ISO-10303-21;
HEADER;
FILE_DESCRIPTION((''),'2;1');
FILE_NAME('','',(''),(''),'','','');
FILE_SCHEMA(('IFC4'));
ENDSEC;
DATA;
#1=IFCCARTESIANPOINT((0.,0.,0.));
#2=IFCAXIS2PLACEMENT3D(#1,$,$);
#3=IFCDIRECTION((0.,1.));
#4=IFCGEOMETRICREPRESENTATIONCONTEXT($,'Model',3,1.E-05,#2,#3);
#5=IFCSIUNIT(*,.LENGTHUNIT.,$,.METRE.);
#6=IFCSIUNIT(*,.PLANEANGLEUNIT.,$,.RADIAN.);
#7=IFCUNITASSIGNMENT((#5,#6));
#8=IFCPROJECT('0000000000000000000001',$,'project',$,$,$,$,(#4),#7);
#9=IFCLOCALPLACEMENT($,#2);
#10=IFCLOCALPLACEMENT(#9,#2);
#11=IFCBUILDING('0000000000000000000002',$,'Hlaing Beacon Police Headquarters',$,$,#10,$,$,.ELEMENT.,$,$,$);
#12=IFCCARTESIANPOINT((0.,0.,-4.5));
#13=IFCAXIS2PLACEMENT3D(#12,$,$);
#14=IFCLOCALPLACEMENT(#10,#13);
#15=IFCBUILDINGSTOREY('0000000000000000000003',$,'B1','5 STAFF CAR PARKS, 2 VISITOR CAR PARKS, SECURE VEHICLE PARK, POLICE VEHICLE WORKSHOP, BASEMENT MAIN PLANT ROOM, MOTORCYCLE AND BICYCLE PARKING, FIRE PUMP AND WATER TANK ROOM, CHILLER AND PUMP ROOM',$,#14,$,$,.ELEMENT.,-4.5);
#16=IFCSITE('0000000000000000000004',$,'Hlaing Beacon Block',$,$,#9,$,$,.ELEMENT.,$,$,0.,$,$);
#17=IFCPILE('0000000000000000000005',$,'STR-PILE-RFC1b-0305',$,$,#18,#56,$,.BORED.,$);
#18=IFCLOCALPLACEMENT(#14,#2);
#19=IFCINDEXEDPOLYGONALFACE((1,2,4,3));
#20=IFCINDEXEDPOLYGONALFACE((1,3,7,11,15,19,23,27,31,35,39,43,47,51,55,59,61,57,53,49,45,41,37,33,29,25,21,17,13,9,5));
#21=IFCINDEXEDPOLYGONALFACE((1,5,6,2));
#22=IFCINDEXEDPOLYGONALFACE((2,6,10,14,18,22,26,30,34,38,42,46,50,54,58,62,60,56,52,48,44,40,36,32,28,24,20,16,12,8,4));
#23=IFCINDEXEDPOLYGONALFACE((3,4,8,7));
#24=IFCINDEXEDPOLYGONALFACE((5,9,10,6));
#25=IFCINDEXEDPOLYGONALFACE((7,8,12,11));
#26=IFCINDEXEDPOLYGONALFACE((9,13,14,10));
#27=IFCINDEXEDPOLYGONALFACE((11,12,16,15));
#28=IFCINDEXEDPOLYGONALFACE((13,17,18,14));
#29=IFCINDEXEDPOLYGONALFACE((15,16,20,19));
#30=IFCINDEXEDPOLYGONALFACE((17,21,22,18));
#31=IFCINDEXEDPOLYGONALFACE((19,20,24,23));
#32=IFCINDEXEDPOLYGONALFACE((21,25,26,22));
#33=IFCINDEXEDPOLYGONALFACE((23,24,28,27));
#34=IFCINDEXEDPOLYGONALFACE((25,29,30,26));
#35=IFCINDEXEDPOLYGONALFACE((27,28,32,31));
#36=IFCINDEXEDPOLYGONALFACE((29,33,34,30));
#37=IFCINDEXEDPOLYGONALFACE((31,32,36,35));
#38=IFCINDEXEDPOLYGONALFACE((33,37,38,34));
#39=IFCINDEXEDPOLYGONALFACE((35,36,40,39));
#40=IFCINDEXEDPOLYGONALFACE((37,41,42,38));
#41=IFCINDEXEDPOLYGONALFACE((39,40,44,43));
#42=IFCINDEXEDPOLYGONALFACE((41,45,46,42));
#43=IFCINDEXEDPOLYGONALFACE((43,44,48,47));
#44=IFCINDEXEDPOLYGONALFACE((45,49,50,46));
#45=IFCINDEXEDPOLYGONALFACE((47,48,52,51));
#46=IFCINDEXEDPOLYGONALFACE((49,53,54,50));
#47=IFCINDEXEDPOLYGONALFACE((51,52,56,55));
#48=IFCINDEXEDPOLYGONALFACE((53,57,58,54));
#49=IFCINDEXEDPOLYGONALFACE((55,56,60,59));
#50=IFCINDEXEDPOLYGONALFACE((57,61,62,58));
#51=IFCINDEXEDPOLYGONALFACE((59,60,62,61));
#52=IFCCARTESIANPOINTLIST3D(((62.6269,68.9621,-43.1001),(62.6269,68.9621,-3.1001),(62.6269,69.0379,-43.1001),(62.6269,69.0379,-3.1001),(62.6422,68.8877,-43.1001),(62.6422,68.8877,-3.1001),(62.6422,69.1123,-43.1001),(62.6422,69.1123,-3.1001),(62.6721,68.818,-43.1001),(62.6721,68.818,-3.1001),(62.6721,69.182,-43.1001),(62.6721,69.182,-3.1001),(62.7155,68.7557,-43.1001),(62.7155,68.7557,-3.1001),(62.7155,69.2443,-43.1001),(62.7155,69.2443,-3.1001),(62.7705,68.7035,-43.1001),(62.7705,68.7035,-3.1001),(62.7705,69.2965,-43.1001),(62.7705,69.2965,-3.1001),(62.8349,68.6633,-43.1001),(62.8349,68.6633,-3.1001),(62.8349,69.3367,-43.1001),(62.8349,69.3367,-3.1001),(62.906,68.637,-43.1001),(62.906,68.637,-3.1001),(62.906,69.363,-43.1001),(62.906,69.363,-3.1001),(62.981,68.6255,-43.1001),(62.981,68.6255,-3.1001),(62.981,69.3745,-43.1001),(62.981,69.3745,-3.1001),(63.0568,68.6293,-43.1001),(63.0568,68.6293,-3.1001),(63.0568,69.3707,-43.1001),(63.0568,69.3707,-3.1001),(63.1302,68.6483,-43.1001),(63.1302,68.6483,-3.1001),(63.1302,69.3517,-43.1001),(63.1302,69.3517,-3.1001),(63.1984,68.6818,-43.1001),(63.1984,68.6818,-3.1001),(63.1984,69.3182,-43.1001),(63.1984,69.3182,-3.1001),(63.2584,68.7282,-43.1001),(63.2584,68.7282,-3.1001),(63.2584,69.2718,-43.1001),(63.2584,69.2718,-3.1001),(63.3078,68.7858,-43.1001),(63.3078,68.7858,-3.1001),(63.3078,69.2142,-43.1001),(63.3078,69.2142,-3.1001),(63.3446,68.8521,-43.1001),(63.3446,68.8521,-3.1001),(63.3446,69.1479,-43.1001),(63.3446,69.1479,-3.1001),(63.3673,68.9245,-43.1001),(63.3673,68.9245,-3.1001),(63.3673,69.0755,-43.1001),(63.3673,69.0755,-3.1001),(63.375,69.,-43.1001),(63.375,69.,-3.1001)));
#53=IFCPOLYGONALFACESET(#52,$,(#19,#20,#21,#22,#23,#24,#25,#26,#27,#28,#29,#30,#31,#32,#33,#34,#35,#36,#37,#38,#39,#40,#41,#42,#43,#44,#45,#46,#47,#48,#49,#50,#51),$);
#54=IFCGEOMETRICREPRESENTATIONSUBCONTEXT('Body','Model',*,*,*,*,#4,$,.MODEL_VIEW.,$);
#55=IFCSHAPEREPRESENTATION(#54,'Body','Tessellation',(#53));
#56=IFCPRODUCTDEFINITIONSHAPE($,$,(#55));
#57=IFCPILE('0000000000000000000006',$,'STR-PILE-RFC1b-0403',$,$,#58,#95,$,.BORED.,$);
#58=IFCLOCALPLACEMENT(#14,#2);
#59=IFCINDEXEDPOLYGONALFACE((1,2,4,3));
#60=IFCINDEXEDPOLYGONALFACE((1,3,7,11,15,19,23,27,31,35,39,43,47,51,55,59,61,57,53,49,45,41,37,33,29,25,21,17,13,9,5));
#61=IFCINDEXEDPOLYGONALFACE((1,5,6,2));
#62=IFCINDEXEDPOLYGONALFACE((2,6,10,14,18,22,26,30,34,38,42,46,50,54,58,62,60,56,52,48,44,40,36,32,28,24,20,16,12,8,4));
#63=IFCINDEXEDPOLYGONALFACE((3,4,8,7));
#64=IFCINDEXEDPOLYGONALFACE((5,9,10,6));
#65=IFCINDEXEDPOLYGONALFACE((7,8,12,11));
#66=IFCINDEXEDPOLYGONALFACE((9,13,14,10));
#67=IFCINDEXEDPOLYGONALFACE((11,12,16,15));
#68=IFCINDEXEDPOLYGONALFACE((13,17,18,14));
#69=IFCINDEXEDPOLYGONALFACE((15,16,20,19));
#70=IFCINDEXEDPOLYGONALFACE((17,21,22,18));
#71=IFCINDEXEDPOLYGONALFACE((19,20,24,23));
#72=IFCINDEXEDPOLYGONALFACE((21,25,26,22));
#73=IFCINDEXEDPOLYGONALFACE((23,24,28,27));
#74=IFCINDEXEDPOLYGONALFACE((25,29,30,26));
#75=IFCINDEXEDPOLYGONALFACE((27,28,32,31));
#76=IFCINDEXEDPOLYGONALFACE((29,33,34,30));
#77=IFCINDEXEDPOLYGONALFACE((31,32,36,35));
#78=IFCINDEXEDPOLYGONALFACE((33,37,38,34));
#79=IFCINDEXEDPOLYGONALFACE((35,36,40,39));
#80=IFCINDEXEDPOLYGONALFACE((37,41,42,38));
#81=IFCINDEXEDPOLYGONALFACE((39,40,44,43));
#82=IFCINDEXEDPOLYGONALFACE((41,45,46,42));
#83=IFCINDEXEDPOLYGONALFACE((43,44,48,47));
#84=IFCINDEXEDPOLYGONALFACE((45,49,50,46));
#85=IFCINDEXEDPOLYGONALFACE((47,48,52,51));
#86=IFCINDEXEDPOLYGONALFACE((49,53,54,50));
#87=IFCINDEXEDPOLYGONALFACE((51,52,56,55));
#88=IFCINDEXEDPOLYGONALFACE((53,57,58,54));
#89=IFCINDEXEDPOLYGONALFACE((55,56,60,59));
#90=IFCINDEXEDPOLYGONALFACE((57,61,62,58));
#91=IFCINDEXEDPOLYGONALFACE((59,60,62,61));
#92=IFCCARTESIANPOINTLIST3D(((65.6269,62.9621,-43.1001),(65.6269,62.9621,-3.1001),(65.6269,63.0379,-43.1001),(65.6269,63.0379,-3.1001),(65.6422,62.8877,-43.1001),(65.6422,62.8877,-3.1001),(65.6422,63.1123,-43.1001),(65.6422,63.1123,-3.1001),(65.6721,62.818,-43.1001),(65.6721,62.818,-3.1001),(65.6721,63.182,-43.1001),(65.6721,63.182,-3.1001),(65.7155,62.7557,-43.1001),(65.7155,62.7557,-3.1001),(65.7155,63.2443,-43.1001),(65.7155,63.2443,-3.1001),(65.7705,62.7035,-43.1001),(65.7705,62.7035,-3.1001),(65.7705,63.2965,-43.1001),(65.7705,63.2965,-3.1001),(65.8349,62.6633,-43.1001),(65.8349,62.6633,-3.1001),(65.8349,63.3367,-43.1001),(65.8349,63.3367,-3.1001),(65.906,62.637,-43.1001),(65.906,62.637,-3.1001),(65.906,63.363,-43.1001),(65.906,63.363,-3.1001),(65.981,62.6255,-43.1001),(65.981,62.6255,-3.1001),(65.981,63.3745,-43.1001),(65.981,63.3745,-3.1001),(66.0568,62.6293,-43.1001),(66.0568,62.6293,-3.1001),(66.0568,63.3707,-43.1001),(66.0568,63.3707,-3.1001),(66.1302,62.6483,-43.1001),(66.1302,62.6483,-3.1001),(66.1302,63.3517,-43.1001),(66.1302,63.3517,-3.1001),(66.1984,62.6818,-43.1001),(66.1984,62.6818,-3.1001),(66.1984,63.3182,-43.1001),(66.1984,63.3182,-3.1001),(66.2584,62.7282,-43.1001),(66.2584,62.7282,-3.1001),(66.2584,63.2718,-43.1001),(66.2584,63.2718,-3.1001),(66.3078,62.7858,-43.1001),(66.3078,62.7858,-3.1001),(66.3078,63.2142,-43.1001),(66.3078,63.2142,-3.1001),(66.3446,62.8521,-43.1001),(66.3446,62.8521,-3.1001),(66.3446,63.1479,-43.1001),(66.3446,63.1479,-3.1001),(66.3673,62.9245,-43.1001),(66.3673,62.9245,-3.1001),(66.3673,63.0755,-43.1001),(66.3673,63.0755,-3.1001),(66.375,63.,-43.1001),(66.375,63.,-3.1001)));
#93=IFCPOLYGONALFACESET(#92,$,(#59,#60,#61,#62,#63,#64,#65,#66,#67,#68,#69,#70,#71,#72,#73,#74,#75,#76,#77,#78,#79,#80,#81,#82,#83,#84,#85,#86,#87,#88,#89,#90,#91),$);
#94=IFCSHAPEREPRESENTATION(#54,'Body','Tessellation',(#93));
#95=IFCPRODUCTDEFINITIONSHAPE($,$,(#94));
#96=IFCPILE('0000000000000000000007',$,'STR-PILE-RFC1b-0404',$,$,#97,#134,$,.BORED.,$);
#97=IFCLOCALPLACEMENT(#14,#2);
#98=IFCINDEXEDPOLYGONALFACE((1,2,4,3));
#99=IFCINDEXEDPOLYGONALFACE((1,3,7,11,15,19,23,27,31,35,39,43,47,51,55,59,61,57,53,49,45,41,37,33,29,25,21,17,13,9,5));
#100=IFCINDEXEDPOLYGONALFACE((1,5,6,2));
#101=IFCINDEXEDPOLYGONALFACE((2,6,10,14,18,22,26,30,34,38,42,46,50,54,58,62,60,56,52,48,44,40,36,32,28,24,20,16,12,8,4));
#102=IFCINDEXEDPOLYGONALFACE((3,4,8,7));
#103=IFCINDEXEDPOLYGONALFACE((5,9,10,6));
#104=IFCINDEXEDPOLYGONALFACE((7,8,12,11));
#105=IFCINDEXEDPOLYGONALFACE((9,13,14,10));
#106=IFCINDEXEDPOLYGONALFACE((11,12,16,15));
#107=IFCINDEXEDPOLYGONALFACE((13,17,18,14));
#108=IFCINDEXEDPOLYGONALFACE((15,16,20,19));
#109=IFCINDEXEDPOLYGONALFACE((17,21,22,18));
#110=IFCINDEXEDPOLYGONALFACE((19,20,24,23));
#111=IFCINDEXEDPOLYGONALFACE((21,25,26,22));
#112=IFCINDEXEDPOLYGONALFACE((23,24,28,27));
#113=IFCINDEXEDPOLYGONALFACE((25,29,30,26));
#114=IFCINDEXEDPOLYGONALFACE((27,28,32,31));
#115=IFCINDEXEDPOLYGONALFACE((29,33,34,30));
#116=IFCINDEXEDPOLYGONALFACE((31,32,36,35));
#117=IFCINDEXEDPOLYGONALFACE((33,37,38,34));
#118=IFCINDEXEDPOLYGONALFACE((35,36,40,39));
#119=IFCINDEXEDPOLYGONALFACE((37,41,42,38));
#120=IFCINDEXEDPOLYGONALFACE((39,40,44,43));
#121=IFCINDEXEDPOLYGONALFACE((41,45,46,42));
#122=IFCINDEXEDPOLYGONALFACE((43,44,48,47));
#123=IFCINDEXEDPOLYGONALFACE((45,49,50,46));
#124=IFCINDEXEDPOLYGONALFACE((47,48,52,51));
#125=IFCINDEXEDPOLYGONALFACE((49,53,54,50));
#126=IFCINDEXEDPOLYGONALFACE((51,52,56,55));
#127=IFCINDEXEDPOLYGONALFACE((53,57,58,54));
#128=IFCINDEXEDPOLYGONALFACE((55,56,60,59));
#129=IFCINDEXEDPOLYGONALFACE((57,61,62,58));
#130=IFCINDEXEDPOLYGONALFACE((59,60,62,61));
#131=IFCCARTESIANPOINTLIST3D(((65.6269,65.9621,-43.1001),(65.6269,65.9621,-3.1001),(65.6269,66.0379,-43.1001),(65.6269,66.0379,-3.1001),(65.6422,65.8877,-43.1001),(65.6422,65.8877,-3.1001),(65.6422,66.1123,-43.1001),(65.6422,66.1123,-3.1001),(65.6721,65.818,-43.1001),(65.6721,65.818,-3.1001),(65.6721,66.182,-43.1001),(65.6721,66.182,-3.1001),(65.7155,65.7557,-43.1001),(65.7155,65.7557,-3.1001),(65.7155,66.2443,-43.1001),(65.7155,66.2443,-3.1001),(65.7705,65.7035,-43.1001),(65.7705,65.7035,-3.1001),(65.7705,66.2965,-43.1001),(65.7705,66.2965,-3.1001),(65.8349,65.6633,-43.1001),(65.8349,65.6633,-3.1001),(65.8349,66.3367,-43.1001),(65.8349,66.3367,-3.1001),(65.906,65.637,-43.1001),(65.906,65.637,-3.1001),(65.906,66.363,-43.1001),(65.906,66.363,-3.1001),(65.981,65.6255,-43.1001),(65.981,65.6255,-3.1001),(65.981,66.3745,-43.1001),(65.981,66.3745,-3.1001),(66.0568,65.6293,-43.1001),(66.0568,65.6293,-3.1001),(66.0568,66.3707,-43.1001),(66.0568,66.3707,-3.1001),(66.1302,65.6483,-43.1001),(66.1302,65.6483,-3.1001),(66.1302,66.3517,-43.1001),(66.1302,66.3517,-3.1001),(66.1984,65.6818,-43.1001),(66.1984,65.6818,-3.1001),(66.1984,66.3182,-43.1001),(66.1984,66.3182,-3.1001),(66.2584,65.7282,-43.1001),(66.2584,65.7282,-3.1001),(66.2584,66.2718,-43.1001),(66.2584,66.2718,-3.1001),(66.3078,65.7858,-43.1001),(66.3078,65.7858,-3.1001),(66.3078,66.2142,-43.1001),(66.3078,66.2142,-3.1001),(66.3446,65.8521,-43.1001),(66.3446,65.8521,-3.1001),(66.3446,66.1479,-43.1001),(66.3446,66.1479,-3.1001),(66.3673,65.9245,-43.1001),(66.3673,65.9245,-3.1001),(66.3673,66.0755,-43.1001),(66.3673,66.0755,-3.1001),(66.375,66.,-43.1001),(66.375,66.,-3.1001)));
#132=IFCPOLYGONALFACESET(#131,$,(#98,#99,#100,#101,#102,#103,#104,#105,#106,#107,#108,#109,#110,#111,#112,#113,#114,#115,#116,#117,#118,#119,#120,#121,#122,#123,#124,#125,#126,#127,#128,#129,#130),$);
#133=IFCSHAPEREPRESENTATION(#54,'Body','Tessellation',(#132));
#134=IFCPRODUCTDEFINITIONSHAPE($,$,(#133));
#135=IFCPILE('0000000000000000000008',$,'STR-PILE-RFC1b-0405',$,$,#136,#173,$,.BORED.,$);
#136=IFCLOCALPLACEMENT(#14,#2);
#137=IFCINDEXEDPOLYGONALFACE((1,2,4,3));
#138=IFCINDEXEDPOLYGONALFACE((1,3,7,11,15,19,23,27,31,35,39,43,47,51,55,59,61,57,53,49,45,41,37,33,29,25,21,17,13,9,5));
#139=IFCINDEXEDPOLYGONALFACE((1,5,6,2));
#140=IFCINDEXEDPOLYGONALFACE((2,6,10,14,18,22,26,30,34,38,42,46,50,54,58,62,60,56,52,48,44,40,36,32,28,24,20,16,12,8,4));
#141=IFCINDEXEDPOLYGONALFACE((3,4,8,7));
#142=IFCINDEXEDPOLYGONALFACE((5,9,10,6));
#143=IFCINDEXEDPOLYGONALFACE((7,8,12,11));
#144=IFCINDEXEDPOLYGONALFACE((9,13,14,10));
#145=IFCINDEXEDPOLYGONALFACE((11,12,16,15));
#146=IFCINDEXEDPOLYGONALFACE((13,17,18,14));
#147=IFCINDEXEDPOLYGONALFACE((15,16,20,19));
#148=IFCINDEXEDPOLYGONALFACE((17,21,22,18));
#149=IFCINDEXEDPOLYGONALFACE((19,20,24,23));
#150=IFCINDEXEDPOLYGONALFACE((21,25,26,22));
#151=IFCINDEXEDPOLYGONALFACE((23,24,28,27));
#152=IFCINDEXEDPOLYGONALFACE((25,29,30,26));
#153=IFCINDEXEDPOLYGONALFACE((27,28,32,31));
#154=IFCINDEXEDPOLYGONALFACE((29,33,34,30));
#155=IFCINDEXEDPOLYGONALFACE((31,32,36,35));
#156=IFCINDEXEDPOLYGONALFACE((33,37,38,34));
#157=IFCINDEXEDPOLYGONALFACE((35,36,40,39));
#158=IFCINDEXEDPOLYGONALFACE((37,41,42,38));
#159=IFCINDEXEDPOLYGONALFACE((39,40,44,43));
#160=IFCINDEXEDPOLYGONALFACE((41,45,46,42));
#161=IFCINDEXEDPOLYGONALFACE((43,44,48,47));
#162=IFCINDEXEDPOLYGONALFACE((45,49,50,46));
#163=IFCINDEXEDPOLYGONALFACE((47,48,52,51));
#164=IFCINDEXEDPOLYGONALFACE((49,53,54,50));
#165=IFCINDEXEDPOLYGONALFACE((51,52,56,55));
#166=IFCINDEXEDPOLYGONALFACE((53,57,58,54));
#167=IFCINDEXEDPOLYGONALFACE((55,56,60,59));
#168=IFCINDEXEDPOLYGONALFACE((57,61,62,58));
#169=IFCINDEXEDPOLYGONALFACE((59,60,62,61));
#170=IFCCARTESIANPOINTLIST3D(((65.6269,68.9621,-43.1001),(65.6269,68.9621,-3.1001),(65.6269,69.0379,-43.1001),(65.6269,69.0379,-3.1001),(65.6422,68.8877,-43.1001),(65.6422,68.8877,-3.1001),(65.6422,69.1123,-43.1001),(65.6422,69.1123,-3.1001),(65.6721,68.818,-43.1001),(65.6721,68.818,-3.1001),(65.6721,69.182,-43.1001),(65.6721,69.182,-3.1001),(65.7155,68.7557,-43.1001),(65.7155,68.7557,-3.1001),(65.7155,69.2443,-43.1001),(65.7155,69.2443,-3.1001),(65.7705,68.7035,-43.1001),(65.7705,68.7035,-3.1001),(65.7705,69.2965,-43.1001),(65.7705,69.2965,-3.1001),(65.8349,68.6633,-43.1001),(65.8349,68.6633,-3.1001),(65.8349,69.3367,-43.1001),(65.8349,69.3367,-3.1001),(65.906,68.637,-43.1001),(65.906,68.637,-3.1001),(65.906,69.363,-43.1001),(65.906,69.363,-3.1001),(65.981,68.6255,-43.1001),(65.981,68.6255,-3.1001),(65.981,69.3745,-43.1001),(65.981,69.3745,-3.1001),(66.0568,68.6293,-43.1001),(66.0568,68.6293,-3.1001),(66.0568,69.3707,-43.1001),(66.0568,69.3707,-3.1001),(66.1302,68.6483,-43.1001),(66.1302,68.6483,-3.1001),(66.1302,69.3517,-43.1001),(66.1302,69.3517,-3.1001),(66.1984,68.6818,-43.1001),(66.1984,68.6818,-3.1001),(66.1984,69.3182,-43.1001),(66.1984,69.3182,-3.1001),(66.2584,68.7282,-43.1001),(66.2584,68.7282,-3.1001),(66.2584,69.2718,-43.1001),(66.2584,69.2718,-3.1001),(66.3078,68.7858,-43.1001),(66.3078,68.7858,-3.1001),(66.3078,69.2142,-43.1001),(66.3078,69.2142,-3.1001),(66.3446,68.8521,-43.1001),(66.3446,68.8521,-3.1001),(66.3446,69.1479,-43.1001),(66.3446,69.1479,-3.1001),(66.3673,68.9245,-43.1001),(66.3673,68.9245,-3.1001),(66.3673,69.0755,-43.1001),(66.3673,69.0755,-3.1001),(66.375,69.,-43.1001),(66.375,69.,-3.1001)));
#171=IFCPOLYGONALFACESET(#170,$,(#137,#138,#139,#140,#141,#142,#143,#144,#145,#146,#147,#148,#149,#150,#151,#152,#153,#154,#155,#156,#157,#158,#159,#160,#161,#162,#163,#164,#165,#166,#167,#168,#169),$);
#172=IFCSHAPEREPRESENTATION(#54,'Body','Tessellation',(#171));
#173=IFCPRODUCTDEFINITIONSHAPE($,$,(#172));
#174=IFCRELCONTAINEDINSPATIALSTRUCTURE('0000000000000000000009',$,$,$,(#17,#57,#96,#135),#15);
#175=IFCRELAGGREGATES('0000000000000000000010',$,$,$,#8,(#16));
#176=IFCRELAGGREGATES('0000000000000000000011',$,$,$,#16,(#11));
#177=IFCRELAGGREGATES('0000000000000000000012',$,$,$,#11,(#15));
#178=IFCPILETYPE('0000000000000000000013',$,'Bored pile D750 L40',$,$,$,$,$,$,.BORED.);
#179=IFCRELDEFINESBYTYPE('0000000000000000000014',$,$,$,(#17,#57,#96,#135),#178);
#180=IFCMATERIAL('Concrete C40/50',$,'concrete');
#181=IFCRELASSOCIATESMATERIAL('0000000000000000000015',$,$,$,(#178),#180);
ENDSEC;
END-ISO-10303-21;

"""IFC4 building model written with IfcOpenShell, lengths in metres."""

from ifc_helpers import new_model, si_unit, direction, frame, origin, origin_2d, place, context, subcontext, project, spatial, circle, extrude, material, material_profile, profile_set, type_object, element, save


model = new_model("IFC4")

# Units and contexts
model_context = context("Model", 3, precision=1e-05, world=origin(), true_north=direction((0.0, 1.0)))
body_context = subcontext(model_context, "Body", "Model", "MODEL_VIEW")
ifc_project = project(units=[si_unit("LENGTHUNIT", "METRE"), si_unit("PLANEANGLEUNIT", "RADIAN")], contexts=[model_context])

# Site, building, storey
site_placement = place(None, origin())
site = spatial("IfcSite", under=ifc_project, at=site_placement, Name="Hlaing Beacon Block", CompositionType="ELEMENT", RefElevation=0.0)
building_placement = place(site_placement, origin())
building = spatial("IfcBuilding", under=site, at=building_placement, Name="Hlaing Beacon Police Headquarters", CompositionType="ELEMENT")
storey_placement = place(building_placement, frame((0.0, 0.0, -4.5)))
storey = spatial("IfcBuildingStorey", under=building, at=storey_placement, Name="B1", Description="5 STAFF CAR PARKS, 2 VISITOR CAR PARKS, SECURE VEHICLE PARK, POLICE VEHICLE WORKSHOP, BASEMENT MAIN PLANT ROOM, MOTORCYCLE AND BICYCLE PARKING, FIRE PUMP AND WATER TANK ROOM, CHILLER AND PUMP ROOM", CompositionType="ELEMENT", Elevation=-4.5)

# Piles
ifc_material_1 = material(Name="Concrete C40/50", Category="concrete")
ifc_material_profile_1 = material_profile(ifc_material_1, circle(Radius=0.375, at=origin_2d()), Name="D750")
ifc_profile_set_1 = profile_set([ifc_material_profile_1], Name="Concrete C40/50")
pile_type_1 = type_object("IfcPileType", Name="Bored pile D750 L40", PredefinedType="BORED", material=ifc_profile_set_1)
for number, where, z_axis, x_axis, name in (
    (1, (63.0, 69.0, -3.1001), (0.0, 0.0, -1.0), (1.0, 0.0, 0.0), "STR-PILE-RFC1b-0305"),
    (2, (66.0, 63.0, -3.1001), (0.0, 0.0, -1.0), (1.0, 0.0, 0.0), "STR-PILE-RFC1b-0403"),
    (3, (66.0, 66.0, -3.1001), (0.0, 0.0, -1.0), (1.0, 0.0, 0.0), "STR-PILE-RFC1b-0404"),
    (4, (66.0, 69.0, -3.1001), (0.0, 0.0, -1.0), (1.0, 0.0, 0.0), "STR-PILE-RFC1b-0405"),
):
    element("IfcPile", number, at=place(storey_placement, frame(where, z_axis=z_axis, x_axis=x_axis)), inside=storey, type_object=pile_type_1, Name=name, PredefinedType="BORED", context=body_context, shape_type="SweptSolid", body=[
        extrude(circle(Radius=0.375, at=origin_2d()), origin(), (0.0, 0.0, 1.0), 40.0),
    ])

save(model, "model.ifc")
